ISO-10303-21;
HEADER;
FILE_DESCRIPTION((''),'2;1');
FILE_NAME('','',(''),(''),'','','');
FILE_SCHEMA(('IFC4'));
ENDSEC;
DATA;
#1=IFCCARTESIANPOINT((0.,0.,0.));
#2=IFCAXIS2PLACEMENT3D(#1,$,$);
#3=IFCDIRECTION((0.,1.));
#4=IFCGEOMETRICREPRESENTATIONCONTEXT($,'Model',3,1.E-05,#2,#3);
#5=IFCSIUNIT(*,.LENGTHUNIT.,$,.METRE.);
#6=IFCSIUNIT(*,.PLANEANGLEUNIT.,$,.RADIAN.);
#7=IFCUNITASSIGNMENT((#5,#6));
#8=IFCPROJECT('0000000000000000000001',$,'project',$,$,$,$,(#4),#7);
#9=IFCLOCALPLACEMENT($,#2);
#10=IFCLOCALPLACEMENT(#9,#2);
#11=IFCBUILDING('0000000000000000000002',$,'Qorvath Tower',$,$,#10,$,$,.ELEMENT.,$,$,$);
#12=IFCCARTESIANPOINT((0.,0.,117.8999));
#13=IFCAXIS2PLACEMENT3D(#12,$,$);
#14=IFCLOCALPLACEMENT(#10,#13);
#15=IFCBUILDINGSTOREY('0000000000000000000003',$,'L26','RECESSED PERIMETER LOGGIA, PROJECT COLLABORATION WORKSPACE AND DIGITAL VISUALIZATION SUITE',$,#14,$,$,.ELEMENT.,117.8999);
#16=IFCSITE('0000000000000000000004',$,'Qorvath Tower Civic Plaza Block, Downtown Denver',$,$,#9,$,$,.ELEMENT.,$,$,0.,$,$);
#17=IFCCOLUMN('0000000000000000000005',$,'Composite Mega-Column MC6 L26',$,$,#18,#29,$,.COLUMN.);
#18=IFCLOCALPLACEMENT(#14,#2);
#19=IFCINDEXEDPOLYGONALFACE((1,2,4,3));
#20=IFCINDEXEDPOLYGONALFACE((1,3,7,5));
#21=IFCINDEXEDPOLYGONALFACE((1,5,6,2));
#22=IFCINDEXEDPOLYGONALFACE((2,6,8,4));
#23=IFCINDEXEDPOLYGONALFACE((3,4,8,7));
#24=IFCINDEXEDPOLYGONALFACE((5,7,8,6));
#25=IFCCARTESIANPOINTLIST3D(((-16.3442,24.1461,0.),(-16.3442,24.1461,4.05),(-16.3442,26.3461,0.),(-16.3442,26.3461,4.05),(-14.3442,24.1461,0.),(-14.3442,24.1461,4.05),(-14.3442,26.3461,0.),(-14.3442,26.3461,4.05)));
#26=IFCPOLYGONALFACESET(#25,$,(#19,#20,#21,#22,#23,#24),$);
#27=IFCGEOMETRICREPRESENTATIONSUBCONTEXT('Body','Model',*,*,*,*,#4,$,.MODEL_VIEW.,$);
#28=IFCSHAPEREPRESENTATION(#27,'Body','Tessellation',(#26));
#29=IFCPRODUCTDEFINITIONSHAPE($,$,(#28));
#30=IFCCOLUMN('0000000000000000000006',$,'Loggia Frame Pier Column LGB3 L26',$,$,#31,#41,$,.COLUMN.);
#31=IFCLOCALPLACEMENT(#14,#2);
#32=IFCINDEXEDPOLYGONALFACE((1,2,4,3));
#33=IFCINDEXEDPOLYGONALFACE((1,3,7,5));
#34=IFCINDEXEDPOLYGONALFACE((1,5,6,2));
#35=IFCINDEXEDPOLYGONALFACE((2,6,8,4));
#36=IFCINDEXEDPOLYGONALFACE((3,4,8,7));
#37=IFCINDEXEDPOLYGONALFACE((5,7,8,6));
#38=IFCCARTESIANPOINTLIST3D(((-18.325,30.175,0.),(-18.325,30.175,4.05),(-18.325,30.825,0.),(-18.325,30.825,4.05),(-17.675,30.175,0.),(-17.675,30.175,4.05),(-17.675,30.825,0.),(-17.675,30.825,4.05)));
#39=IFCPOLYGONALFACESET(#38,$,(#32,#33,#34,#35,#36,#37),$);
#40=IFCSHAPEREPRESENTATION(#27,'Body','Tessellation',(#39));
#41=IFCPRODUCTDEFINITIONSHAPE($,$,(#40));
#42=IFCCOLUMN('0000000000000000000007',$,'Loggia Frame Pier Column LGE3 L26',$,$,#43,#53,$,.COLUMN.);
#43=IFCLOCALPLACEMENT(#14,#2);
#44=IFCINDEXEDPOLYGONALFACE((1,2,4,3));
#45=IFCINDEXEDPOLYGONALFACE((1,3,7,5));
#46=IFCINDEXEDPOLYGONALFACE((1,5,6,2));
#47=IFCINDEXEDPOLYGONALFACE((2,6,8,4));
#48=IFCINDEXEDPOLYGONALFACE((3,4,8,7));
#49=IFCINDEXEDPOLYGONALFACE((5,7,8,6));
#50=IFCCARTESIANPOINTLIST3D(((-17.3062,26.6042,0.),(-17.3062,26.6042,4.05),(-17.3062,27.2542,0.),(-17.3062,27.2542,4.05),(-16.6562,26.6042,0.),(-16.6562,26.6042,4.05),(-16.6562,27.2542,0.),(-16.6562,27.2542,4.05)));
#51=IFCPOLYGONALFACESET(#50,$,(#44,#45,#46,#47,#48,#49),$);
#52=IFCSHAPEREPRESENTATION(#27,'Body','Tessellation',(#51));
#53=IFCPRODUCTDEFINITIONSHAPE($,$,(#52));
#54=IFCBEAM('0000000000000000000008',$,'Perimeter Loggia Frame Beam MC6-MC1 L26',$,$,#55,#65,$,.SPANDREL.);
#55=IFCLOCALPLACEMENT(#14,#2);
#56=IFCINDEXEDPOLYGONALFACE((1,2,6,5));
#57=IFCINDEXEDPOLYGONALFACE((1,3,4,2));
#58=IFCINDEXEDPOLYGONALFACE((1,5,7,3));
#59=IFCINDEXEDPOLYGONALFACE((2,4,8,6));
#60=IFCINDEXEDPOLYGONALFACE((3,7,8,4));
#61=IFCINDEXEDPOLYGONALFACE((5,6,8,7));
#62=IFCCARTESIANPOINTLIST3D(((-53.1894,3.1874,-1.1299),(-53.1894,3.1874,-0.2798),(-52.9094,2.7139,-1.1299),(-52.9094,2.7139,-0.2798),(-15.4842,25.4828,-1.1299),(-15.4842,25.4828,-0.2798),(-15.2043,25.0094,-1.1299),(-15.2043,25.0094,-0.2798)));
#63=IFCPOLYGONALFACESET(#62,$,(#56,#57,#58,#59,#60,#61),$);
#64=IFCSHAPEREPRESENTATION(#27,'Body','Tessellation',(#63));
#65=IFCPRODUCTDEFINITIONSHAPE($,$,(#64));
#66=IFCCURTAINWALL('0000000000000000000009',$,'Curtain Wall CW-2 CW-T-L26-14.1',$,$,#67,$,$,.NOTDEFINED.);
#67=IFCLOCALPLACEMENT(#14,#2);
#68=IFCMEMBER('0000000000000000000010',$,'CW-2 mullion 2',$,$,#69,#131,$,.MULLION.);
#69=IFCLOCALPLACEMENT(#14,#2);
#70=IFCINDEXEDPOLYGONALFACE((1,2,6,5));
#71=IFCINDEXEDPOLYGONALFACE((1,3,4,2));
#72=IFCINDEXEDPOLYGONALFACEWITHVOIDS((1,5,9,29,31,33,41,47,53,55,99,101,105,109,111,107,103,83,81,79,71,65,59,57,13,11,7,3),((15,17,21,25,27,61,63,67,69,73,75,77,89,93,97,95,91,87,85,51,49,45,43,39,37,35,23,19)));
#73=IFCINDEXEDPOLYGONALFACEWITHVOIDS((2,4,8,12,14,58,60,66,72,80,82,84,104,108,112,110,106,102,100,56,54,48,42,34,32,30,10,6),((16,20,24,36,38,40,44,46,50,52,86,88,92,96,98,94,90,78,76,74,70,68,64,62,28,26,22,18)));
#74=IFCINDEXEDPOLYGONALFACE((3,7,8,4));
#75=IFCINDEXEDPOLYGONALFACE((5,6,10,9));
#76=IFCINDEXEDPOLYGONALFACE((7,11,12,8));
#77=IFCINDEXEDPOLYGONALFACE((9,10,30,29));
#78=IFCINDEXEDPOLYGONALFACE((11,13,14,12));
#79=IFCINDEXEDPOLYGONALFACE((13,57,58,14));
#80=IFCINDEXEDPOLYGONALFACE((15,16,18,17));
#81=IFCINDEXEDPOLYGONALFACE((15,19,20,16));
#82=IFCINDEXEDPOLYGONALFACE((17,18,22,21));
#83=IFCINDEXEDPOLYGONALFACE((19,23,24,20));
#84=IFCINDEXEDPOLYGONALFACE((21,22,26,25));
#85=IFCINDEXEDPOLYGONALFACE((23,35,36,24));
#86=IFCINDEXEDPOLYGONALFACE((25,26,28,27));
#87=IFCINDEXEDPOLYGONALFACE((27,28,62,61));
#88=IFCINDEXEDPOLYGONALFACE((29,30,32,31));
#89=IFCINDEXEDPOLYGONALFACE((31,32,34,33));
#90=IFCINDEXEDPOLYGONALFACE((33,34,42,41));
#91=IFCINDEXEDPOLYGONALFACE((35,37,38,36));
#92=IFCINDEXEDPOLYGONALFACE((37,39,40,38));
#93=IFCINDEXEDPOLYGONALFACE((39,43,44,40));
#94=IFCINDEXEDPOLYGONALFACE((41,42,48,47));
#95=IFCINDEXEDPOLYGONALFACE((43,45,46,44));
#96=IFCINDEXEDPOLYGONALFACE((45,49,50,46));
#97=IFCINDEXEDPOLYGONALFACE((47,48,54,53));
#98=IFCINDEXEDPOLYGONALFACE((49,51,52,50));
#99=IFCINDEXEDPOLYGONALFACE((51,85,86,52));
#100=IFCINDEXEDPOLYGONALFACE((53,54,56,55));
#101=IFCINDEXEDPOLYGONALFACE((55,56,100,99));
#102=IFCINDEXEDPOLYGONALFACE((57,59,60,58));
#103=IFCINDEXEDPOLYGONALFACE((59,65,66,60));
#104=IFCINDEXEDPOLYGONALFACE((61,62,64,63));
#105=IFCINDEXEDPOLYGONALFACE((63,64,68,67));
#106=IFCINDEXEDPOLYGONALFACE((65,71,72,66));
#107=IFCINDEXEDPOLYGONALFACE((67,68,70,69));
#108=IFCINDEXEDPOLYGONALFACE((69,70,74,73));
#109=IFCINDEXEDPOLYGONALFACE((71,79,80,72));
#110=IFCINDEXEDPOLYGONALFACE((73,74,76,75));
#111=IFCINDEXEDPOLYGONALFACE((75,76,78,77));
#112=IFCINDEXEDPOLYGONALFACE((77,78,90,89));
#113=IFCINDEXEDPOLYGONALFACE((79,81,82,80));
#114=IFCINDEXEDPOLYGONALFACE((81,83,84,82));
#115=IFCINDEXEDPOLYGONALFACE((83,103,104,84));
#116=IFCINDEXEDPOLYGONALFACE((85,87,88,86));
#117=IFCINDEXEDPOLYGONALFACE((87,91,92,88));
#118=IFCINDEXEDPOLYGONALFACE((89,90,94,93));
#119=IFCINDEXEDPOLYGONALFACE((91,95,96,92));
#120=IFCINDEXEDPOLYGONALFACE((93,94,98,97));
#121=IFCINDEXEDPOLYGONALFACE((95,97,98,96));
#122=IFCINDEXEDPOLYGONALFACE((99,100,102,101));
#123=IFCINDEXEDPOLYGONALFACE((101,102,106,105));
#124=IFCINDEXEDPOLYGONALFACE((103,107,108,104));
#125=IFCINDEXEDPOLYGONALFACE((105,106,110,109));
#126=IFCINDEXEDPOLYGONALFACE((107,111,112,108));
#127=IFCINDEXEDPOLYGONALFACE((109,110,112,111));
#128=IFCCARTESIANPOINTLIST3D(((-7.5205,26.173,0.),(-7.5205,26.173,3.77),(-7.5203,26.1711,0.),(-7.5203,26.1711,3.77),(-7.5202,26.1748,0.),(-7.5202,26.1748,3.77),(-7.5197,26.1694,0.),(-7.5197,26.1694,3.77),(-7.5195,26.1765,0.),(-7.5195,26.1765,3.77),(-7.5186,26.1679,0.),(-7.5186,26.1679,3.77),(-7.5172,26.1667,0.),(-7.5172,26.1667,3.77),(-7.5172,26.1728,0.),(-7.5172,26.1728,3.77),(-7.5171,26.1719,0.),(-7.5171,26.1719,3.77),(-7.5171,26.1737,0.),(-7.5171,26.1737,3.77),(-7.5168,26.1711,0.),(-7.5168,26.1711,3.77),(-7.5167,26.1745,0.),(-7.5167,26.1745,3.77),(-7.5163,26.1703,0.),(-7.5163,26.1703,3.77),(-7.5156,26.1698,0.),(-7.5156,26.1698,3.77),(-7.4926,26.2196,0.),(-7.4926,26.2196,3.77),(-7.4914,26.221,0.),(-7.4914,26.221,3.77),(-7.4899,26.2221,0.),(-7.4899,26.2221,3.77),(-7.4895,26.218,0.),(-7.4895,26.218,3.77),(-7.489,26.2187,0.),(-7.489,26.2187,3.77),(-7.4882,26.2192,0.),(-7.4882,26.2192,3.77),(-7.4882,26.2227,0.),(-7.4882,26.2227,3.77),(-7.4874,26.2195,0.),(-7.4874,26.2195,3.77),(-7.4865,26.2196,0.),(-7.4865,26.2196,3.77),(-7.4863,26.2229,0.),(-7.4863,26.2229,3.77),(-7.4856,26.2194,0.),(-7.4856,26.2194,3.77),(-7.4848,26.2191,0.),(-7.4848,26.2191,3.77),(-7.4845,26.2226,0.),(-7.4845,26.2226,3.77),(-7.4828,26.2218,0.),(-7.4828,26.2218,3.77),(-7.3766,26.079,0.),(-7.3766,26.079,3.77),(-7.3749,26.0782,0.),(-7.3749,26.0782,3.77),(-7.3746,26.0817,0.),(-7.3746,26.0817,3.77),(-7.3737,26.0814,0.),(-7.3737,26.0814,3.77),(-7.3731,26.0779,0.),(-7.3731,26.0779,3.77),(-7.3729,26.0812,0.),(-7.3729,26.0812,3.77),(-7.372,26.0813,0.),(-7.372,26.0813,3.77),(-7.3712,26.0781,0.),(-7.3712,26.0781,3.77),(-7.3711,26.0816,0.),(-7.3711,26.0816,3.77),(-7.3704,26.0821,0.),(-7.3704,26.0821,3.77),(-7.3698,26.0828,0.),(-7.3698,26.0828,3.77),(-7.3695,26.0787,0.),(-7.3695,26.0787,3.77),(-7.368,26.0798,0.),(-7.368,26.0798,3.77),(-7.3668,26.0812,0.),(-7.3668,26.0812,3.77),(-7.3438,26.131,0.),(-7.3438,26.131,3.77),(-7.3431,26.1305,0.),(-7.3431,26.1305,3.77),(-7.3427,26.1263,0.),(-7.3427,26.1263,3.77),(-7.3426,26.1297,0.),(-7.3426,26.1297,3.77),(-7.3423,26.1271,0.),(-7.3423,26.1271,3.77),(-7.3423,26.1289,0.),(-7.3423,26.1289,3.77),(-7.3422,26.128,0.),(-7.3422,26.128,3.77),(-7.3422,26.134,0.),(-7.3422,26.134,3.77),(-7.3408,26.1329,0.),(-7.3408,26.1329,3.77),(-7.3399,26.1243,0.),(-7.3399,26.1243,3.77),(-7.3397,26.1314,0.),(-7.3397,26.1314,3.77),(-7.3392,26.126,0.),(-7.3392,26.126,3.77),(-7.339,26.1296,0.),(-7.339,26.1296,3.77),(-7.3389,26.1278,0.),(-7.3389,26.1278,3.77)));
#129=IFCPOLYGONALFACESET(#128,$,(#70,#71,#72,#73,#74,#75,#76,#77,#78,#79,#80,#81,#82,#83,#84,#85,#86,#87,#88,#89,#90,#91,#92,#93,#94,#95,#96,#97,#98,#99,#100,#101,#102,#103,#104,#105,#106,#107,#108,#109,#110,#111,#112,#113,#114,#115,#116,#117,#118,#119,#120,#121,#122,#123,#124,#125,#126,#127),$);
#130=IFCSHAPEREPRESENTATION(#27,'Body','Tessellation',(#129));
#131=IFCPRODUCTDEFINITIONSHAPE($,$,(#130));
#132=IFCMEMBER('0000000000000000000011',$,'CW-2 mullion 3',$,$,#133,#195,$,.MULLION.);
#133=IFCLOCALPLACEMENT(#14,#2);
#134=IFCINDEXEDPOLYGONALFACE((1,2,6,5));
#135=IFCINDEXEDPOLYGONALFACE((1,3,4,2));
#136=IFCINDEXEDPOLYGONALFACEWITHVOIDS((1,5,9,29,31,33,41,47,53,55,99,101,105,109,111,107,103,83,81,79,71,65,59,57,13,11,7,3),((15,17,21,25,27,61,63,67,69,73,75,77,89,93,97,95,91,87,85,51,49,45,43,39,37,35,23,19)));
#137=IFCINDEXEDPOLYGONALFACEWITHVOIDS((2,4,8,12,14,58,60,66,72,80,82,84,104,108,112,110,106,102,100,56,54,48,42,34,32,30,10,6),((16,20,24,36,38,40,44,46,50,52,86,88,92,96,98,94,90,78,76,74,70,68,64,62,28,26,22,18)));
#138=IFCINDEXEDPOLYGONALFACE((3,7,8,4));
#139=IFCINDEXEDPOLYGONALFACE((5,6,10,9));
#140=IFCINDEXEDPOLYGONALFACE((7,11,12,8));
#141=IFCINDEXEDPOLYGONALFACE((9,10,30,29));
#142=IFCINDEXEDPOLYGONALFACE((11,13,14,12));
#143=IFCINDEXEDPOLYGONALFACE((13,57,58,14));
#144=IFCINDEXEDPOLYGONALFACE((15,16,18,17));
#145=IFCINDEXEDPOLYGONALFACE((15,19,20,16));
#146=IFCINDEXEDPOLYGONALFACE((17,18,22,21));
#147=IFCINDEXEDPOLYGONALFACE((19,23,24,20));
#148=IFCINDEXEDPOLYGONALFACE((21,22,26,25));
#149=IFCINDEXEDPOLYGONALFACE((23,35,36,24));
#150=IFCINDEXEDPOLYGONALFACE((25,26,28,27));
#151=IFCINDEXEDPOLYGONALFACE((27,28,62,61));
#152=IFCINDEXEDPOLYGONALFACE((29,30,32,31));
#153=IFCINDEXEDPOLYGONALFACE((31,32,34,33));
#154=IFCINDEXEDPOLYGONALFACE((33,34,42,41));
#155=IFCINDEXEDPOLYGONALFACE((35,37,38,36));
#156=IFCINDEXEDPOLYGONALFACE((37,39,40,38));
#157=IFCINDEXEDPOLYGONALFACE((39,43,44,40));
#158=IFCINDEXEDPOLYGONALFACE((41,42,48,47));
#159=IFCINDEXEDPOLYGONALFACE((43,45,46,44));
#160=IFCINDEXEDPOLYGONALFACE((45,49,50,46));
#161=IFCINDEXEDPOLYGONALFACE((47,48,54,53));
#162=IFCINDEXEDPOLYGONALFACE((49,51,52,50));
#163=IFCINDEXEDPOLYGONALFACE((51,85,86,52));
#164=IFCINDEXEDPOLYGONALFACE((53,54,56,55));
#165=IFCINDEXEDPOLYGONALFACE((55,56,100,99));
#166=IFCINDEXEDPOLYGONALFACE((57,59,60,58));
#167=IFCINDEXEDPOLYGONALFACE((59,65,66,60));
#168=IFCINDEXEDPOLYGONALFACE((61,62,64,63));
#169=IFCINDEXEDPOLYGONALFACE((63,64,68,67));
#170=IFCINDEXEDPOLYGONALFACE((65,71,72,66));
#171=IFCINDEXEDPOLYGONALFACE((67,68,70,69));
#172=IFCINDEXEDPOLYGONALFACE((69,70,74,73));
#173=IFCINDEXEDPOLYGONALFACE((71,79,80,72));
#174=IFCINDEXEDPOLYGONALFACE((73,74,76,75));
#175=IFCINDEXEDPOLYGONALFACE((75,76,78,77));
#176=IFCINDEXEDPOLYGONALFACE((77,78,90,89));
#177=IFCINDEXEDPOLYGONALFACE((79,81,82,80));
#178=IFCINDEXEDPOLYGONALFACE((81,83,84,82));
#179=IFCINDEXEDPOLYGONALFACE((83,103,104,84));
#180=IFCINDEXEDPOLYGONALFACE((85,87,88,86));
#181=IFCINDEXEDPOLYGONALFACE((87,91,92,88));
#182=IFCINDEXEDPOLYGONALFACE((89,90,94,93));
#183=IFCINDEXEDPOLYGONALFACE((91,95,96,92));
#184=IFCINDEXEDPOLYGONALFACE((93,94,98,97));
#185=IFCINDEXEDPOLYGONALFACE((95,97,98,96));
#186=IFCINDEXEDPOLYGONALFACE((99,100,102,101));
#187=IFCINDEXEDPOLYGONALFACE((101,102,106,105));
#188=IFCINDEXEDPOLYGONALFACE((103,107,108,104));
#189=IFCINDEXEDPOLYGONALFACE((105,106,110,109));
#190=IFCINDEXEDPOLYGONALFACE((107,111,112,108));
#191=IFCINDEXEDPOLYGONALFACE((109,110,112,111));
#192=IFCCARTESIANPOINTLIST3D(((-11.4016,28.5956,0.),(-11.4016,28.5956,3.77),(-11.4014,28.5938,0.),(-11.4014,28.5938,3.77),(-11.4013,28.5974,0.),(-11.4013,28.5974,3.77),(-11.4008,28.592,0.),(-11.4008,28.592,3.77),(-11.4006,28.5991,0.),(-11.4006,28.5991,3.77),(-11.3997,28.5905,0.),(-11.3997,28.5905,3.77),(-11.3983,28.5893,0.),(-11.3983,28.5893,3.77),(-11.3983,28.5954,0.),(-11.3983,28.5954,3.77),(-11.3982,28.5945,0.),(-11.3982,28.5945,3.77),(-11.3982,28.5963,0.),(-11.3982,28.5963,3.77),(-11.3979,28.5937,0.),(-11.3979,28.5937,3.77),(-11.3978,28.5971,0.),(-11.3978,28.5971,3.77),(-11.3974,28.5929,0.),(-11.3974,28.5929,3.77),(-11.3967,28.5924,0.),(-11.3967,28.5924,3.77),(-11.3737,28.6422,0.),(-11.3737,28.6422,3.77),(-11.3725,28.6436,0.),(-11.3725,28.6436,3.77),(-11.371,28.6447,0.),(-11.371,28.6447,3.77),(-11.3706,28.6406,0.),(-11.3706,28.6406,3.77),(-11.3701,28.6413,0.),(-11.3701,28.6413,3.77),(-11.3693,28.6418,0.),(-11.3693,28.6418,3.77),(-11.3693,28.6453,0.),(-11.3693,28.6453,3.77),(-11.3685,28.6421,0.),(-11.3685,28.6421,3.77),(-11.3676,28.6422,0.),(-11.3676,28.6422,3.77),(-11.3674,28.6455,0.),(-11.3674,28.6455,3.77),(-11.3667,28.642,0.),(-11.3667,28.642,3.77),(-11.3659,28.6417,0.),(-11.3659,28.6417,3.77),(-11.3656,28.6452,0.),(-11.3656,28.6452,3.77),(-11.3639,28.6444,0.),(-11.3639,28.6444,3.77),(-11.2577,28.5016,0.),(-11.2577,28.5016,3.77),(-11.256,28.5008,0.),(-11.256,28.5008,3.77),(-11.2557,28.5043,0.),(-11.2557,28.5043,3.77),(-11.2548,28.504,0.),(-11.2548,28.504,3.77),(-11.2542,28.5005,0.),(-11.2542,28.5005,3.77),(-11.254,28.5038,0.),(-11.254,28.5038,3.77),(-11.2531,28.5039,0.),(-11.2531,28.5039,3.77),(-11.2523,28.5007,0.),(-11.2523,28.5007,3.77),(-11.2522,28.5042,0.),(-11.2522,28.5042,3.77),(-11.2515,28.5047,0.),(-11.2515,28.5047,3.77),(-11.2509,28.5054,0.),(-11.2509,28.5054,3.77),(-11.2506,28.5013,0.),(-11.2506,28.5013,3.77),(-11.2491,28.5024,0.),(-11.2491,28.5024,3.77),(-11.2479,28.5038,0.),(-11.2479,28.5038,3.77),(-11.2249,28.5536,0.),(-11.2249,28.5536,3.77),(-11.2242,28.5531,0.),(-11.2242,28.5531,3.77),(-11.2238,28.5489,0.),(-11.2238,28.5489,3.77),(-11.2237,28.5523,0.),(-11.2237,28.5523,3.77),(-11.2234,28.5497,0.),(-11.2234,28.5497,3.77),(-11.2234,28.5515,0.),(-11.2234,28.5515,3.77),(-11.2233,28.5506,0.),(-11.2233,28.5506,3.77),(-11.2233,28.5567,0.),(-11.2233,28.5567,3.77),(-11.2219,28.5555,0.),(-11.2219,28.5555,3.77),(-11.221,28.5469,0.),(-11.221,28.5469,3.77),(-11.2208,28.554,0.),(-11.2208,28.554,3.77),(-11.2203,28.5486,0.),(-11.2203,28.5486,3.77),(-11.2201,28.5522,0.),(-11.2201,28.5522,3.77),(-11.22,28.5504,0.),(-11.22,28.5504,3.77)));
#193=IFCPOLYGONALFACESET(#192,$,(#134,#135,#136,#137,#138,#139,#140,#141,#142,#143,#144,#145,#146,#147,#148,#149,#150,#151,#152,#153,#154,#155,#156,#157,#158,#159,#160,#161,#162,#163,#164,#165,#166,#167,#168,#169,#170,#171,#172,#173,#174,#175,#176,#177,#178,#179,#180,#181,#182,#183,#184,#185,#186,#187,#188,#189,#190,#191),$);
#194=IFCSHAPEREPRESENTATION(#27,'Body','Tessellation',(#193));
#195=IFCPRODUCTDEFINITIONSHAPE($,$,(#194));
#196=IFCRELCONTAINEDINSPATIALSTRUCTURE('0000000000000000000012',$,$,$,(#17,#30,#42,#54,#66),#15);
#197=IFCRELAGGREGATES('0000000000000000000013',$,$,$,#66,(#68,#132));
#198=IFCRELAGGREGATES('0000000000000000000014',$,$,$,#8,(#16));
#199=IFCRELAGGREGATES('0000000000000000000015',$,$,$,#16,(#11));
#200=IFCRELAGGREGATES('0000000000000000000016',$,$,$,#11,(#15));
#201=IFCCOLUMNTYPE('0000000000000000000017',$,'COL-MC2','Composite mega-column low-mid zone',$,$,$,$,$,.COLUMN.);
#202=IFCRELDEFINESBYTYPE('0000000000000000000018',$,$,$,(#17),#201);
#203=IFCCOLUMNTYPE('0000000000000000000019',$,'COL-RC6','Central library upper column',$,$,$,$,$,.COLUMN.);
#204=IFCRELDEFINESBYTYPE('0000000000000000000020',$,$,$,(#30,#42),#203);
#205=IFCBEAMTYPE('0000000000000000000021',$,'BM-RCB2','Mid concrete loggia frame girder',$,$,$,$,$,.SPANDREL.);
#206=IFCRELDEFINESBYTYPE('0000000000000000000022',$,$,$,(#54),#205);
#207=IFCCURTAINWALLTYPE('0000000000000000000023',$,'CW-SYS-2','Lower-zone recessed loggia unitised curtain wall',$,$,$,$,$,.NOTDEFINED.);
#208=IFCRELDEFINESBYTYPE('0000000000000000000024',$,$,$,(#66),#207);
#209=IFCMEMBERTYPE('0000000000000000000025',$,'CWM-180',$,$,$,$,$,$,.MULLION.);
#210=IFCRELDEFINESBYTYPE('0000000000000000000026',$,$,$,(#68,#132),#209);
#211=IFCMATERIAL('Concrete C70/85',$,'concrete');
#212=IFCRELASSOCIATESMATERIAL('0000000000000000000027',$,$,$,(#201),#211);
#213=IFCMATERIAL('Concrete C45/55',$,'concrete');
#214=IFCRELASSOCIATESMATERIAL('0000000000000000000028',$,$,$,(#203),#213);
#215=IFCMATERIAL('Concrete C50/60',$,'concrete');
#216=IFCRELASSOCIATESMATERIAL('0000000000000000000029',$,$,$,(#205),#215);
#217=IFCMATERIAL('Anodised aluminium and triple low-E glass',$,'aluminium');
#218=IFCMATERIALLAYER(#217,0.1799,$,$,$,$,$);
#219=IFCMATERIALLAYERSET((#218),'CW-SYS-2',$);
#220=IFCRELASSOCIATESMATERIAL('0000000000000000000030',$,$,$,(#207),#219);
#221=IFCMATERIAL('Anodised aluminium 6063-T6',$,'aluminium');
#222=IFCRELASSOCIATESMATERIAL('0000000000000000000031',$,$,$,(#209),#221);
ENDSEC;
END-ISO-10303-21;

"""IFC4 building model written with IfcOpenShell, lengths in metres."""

from ifc_helpers import new_model, si_unit, direction, frame, origin, origin_2d, place, context, subcontext, project, spatial, rectangle, hollow_rectangle, extrude, material, layer, layer_set, material_profile, profile_set, type_object, element, aggregate, save


model = new_model("IFC4")

# Units and contexts
model_context = context("Model", 3, precision=1e-05, world=origin(), true_north=direction((0.0, 1.0)))
body_context = subcontext(model_context, "Body", "Model", "MODEL_VIEW")
ifc_project = project(units=[si_unit("LENGTHUNIT", "METRE"), si_unit("PLANEANGLEUNIT", "RADIAN")], contexts=[model_context])

# Site, building, storey
site_placement = place(None, origin())
site = spatial("IfcSite", under=ifc_project, at=site_placement, Name="Qorvath Tower Civic Plaza Block, Downtown Denver", CompositionType="ELEMENT", RefElevation=0.0)
building_placement = place(site_placement, origin())
building = spatial("IfcBuilding", under=site, at=building_placement, Name="Qorvath Tower", CompositionType="ELEMENT")
storey_placement = place(building_placement, frame((0.0, 0.0, 117.8999)))
storey = spatial("IfcBuildingStorey", under=building, at=storey_placement, Name="L26", Description="RECESSED PERIMETER LOGGIA, PROJECT COLLABORATION WORKSPACE AND DIGITAL VISUALIZATION SUITE", CompositionType="ELEMENT", Elevation=117.8999)

# Columns
ifc_material_1 = material(Name="Concrete C70/85", Category="concrete")
ifc_material_profile_1 = material_profile(ifc_material_1, rectangle(XDim=2.0, YDim=2.2, at=origin_2d()), Name="MC 2200x2000")
ifc_profile_set_1 = profile_set([ifc_material_profile_1], Name="Concrete C70/85")
column_type_1 = type_object("IfcColumnType", Name="COL-MC2", Description="Composite mega-column low-mid zone", PredefinedType="COLUMN", material=ifc_profile_set_1)
column_placement = place(storey_placement, frame((-15.3442, 25.2461, 0.0), z_axis=(0.0, 0.0, 1.0), x_axis=(1.0, 0.0, 0.0)))
element("IfcColumn", 1, at=column_placement, inside=storey, type_object=column_type_1, Name="Composite Mega-Column MC6 L26", PredefinedType="COLUMN", context=body_context, shape_type="SweptSolid", body=[
    extrude(rectangle(XDim=2.0, YDim=2.2, at=origin_2d()), origin(), (0.0, 0.0, 1.0), 4.05),
])
ifc_material_2 = material(Name="Concrete C45/55", Category="concrete")
ifc_material_profile_2 = material_profile(ifc_material_2, rectangle(XDim=0.6499, YDim=0.6499, at=origin_2d()), Name="RC 650x650")
ifc_profile_set_2 = profile_set([ifc_material_profile_2], Name="Concrete C45/55")
column_type_2 = type_object("IfcColumnType", Name="COL-RC6", Description="Central library upper column", PredefinedType="COLUMN", material=ifc_profile_set_2)
for number, where, z_axis, x_axis, name in (
    (2, (-18.0, 30.5, 0.0), (0.0, 0.0, 1.0), (1.0, 0.0, 0.0), "Loggia Frame Pier Column LGB3 L26"),
    (3, (-16.9812, 26.9292, 0.0), (0.0, 0.0, 1.0), (1.0, 0.0, 0.0), "Loggia Frame Pier Column LGE3 L26"),
):
    element("IfcColumn", number, at=place(storey_placement, frame(where, z_axis=z_axis, x_axis=x_axis)), inside=storey, type_object=column_type_2, Name=name, PredefinedType="COLUMN", context=body_context, shape_type="SweptSolid", body=[
        extrude(rectangle(XDim=0.6499, YDim=0.6499, at=origin_2d()), origin(), (0.0, 0.0, 1.0), 4.05),
    ])

# Beam
ifc_material_3 = material(Name="Concrete C50/60", Category="concrete")
ifc_material_profile_3 = material_profile(ifc_material_3, rectangle(XDim=0.55, YDim=0.8501, at=origin_2d()), Name="RCB 850x550")
ifc_profile_set_3 = profile_set([ifc_material_profile_3], Name="Concrete C50/60")
beam_type = type_object("IfcBeamType", Name="BM-RCB2", Description="Mid concrete loggia frame girder", PredefinedType="SPANDREL", material=ifc_profile_set_3)
beam_placement = place(storey_placement, frame((-15.3442, 25.2461, -0.7048), z_axis=(-0.860775, -0.508985, 0.0), x_axis=(0.508985, -0.860775, 0.0)))
element("IfcBeam", 4, at=beam_placement, inside=storey, type_object=beam_type, Name="Perimeter Loggia Frame Beam MC6-MC1 L26", PredefinedType="SPANDREL", context=body_context, shape_type="SweptSolid", body=[
    extrude(rectangle(XDim=0.55, YDim=0.8501, at=origin_2d()), origin(), (0.0, 0.0, 1.0), 43.8037),
])

# Curtain wall, members
ifc_material_4 = material(Name="Anodised aluminium and triple low-E glass", Category="aluminium")
ifc_layer_1 = layer(ifc_material_4, 0.1799)
ifc_layer_set_1 = layer_set([ifc_layer_1], Name="CW-SYS-2")
curtain_wall_type = type_object("IfcCurtainWallType", Name="CW-SYS-2", Description="Lower-zone recessed loggia unitised curtain wall", PredefinedType="NOTDEFINED", material=ifc_layer_set_1)
curtain_wall_1_placement = place(storey_placement, origin())
curtain_wall_1 = element("IfcCurtainWall", 5, at=curtain_wall_1_placement, inside=storey, type_object=curtain_wall_type, Name="Curtain Wall CW-2 CW-T-L26-14.1", PredefinedType="NOTDEFINED")
ifc_material_5 = material(Name="Anodised aluminium 6063-T6", Category="aluminium")
ifc_material_profile_4 = material_profile(ifc_material_5, hollow_rectangle(XDim=0.0649, YDim=0.1799, WallThickness=0.0034, InnerFilletRadius=0.0034, OuterFilletRadius=0.0071, at=origin_2d()), Name="CWM 180x65")
ifc_profile_set_4 = profile_set([ifc_material_profile_4], Name="Anodised aluminium 6063-T6")
member_type_1 = type_object("IfcMemberType", Name="CWM-180", PredefinedType="MULLION", material=ifc_profile_set_4)
member_1_placement = place(storey_placement, frame((-7.4297, 26.1504, 0.0), z_axis=(0.0, 0.0, 1.0), x_axis=(-0.529503, -0.848308, 0.0)))
member_1 = element("IfcMember", 6, at=member_1_placement, type_object=member_type_1, Name="CW-2 mullion 2", PredefinedType="MULLION", context=body_context, shape_type="SweptSolid", body=[
    extrude(hollow_rectangle(XDim=0.0649, YDim=0.1799, WallThickness=0.0034, InnerFilletRadius=0.0034, OuterFilletRadius=0.0071, at=origin_2d()), origin(), (0.0, 0.0, 1.0), 3.77),
])
member_2_placement = place(storey_placement, frame((-11.3108, 28.573, 0.0), z_axis=(0.0, 0.0, 1.0), x_axis=(-0.529503, -0.848308, 0.0)))
member_2 = element("IfcMember", 7, at=member_2_placement, type_object=member_type_1, Name="CW-2 mullion 3", PredefinedType="MULLION", context=body_context, shape_type="SweptSolid", body=[
    extrude(hollow_rectangle(XDim=0.0649, YDim=0.1799, WallThickness=0.0034, InnerFilletRadius=0.0034, OuterFilletRadius=0.0071, at=origin_2d()), origin(), (0.0, 0.0, 1.0), 3.77),
])

aggregate(curtain_wall_1, [member_1, member_2])

save(model, "model.ifc")
